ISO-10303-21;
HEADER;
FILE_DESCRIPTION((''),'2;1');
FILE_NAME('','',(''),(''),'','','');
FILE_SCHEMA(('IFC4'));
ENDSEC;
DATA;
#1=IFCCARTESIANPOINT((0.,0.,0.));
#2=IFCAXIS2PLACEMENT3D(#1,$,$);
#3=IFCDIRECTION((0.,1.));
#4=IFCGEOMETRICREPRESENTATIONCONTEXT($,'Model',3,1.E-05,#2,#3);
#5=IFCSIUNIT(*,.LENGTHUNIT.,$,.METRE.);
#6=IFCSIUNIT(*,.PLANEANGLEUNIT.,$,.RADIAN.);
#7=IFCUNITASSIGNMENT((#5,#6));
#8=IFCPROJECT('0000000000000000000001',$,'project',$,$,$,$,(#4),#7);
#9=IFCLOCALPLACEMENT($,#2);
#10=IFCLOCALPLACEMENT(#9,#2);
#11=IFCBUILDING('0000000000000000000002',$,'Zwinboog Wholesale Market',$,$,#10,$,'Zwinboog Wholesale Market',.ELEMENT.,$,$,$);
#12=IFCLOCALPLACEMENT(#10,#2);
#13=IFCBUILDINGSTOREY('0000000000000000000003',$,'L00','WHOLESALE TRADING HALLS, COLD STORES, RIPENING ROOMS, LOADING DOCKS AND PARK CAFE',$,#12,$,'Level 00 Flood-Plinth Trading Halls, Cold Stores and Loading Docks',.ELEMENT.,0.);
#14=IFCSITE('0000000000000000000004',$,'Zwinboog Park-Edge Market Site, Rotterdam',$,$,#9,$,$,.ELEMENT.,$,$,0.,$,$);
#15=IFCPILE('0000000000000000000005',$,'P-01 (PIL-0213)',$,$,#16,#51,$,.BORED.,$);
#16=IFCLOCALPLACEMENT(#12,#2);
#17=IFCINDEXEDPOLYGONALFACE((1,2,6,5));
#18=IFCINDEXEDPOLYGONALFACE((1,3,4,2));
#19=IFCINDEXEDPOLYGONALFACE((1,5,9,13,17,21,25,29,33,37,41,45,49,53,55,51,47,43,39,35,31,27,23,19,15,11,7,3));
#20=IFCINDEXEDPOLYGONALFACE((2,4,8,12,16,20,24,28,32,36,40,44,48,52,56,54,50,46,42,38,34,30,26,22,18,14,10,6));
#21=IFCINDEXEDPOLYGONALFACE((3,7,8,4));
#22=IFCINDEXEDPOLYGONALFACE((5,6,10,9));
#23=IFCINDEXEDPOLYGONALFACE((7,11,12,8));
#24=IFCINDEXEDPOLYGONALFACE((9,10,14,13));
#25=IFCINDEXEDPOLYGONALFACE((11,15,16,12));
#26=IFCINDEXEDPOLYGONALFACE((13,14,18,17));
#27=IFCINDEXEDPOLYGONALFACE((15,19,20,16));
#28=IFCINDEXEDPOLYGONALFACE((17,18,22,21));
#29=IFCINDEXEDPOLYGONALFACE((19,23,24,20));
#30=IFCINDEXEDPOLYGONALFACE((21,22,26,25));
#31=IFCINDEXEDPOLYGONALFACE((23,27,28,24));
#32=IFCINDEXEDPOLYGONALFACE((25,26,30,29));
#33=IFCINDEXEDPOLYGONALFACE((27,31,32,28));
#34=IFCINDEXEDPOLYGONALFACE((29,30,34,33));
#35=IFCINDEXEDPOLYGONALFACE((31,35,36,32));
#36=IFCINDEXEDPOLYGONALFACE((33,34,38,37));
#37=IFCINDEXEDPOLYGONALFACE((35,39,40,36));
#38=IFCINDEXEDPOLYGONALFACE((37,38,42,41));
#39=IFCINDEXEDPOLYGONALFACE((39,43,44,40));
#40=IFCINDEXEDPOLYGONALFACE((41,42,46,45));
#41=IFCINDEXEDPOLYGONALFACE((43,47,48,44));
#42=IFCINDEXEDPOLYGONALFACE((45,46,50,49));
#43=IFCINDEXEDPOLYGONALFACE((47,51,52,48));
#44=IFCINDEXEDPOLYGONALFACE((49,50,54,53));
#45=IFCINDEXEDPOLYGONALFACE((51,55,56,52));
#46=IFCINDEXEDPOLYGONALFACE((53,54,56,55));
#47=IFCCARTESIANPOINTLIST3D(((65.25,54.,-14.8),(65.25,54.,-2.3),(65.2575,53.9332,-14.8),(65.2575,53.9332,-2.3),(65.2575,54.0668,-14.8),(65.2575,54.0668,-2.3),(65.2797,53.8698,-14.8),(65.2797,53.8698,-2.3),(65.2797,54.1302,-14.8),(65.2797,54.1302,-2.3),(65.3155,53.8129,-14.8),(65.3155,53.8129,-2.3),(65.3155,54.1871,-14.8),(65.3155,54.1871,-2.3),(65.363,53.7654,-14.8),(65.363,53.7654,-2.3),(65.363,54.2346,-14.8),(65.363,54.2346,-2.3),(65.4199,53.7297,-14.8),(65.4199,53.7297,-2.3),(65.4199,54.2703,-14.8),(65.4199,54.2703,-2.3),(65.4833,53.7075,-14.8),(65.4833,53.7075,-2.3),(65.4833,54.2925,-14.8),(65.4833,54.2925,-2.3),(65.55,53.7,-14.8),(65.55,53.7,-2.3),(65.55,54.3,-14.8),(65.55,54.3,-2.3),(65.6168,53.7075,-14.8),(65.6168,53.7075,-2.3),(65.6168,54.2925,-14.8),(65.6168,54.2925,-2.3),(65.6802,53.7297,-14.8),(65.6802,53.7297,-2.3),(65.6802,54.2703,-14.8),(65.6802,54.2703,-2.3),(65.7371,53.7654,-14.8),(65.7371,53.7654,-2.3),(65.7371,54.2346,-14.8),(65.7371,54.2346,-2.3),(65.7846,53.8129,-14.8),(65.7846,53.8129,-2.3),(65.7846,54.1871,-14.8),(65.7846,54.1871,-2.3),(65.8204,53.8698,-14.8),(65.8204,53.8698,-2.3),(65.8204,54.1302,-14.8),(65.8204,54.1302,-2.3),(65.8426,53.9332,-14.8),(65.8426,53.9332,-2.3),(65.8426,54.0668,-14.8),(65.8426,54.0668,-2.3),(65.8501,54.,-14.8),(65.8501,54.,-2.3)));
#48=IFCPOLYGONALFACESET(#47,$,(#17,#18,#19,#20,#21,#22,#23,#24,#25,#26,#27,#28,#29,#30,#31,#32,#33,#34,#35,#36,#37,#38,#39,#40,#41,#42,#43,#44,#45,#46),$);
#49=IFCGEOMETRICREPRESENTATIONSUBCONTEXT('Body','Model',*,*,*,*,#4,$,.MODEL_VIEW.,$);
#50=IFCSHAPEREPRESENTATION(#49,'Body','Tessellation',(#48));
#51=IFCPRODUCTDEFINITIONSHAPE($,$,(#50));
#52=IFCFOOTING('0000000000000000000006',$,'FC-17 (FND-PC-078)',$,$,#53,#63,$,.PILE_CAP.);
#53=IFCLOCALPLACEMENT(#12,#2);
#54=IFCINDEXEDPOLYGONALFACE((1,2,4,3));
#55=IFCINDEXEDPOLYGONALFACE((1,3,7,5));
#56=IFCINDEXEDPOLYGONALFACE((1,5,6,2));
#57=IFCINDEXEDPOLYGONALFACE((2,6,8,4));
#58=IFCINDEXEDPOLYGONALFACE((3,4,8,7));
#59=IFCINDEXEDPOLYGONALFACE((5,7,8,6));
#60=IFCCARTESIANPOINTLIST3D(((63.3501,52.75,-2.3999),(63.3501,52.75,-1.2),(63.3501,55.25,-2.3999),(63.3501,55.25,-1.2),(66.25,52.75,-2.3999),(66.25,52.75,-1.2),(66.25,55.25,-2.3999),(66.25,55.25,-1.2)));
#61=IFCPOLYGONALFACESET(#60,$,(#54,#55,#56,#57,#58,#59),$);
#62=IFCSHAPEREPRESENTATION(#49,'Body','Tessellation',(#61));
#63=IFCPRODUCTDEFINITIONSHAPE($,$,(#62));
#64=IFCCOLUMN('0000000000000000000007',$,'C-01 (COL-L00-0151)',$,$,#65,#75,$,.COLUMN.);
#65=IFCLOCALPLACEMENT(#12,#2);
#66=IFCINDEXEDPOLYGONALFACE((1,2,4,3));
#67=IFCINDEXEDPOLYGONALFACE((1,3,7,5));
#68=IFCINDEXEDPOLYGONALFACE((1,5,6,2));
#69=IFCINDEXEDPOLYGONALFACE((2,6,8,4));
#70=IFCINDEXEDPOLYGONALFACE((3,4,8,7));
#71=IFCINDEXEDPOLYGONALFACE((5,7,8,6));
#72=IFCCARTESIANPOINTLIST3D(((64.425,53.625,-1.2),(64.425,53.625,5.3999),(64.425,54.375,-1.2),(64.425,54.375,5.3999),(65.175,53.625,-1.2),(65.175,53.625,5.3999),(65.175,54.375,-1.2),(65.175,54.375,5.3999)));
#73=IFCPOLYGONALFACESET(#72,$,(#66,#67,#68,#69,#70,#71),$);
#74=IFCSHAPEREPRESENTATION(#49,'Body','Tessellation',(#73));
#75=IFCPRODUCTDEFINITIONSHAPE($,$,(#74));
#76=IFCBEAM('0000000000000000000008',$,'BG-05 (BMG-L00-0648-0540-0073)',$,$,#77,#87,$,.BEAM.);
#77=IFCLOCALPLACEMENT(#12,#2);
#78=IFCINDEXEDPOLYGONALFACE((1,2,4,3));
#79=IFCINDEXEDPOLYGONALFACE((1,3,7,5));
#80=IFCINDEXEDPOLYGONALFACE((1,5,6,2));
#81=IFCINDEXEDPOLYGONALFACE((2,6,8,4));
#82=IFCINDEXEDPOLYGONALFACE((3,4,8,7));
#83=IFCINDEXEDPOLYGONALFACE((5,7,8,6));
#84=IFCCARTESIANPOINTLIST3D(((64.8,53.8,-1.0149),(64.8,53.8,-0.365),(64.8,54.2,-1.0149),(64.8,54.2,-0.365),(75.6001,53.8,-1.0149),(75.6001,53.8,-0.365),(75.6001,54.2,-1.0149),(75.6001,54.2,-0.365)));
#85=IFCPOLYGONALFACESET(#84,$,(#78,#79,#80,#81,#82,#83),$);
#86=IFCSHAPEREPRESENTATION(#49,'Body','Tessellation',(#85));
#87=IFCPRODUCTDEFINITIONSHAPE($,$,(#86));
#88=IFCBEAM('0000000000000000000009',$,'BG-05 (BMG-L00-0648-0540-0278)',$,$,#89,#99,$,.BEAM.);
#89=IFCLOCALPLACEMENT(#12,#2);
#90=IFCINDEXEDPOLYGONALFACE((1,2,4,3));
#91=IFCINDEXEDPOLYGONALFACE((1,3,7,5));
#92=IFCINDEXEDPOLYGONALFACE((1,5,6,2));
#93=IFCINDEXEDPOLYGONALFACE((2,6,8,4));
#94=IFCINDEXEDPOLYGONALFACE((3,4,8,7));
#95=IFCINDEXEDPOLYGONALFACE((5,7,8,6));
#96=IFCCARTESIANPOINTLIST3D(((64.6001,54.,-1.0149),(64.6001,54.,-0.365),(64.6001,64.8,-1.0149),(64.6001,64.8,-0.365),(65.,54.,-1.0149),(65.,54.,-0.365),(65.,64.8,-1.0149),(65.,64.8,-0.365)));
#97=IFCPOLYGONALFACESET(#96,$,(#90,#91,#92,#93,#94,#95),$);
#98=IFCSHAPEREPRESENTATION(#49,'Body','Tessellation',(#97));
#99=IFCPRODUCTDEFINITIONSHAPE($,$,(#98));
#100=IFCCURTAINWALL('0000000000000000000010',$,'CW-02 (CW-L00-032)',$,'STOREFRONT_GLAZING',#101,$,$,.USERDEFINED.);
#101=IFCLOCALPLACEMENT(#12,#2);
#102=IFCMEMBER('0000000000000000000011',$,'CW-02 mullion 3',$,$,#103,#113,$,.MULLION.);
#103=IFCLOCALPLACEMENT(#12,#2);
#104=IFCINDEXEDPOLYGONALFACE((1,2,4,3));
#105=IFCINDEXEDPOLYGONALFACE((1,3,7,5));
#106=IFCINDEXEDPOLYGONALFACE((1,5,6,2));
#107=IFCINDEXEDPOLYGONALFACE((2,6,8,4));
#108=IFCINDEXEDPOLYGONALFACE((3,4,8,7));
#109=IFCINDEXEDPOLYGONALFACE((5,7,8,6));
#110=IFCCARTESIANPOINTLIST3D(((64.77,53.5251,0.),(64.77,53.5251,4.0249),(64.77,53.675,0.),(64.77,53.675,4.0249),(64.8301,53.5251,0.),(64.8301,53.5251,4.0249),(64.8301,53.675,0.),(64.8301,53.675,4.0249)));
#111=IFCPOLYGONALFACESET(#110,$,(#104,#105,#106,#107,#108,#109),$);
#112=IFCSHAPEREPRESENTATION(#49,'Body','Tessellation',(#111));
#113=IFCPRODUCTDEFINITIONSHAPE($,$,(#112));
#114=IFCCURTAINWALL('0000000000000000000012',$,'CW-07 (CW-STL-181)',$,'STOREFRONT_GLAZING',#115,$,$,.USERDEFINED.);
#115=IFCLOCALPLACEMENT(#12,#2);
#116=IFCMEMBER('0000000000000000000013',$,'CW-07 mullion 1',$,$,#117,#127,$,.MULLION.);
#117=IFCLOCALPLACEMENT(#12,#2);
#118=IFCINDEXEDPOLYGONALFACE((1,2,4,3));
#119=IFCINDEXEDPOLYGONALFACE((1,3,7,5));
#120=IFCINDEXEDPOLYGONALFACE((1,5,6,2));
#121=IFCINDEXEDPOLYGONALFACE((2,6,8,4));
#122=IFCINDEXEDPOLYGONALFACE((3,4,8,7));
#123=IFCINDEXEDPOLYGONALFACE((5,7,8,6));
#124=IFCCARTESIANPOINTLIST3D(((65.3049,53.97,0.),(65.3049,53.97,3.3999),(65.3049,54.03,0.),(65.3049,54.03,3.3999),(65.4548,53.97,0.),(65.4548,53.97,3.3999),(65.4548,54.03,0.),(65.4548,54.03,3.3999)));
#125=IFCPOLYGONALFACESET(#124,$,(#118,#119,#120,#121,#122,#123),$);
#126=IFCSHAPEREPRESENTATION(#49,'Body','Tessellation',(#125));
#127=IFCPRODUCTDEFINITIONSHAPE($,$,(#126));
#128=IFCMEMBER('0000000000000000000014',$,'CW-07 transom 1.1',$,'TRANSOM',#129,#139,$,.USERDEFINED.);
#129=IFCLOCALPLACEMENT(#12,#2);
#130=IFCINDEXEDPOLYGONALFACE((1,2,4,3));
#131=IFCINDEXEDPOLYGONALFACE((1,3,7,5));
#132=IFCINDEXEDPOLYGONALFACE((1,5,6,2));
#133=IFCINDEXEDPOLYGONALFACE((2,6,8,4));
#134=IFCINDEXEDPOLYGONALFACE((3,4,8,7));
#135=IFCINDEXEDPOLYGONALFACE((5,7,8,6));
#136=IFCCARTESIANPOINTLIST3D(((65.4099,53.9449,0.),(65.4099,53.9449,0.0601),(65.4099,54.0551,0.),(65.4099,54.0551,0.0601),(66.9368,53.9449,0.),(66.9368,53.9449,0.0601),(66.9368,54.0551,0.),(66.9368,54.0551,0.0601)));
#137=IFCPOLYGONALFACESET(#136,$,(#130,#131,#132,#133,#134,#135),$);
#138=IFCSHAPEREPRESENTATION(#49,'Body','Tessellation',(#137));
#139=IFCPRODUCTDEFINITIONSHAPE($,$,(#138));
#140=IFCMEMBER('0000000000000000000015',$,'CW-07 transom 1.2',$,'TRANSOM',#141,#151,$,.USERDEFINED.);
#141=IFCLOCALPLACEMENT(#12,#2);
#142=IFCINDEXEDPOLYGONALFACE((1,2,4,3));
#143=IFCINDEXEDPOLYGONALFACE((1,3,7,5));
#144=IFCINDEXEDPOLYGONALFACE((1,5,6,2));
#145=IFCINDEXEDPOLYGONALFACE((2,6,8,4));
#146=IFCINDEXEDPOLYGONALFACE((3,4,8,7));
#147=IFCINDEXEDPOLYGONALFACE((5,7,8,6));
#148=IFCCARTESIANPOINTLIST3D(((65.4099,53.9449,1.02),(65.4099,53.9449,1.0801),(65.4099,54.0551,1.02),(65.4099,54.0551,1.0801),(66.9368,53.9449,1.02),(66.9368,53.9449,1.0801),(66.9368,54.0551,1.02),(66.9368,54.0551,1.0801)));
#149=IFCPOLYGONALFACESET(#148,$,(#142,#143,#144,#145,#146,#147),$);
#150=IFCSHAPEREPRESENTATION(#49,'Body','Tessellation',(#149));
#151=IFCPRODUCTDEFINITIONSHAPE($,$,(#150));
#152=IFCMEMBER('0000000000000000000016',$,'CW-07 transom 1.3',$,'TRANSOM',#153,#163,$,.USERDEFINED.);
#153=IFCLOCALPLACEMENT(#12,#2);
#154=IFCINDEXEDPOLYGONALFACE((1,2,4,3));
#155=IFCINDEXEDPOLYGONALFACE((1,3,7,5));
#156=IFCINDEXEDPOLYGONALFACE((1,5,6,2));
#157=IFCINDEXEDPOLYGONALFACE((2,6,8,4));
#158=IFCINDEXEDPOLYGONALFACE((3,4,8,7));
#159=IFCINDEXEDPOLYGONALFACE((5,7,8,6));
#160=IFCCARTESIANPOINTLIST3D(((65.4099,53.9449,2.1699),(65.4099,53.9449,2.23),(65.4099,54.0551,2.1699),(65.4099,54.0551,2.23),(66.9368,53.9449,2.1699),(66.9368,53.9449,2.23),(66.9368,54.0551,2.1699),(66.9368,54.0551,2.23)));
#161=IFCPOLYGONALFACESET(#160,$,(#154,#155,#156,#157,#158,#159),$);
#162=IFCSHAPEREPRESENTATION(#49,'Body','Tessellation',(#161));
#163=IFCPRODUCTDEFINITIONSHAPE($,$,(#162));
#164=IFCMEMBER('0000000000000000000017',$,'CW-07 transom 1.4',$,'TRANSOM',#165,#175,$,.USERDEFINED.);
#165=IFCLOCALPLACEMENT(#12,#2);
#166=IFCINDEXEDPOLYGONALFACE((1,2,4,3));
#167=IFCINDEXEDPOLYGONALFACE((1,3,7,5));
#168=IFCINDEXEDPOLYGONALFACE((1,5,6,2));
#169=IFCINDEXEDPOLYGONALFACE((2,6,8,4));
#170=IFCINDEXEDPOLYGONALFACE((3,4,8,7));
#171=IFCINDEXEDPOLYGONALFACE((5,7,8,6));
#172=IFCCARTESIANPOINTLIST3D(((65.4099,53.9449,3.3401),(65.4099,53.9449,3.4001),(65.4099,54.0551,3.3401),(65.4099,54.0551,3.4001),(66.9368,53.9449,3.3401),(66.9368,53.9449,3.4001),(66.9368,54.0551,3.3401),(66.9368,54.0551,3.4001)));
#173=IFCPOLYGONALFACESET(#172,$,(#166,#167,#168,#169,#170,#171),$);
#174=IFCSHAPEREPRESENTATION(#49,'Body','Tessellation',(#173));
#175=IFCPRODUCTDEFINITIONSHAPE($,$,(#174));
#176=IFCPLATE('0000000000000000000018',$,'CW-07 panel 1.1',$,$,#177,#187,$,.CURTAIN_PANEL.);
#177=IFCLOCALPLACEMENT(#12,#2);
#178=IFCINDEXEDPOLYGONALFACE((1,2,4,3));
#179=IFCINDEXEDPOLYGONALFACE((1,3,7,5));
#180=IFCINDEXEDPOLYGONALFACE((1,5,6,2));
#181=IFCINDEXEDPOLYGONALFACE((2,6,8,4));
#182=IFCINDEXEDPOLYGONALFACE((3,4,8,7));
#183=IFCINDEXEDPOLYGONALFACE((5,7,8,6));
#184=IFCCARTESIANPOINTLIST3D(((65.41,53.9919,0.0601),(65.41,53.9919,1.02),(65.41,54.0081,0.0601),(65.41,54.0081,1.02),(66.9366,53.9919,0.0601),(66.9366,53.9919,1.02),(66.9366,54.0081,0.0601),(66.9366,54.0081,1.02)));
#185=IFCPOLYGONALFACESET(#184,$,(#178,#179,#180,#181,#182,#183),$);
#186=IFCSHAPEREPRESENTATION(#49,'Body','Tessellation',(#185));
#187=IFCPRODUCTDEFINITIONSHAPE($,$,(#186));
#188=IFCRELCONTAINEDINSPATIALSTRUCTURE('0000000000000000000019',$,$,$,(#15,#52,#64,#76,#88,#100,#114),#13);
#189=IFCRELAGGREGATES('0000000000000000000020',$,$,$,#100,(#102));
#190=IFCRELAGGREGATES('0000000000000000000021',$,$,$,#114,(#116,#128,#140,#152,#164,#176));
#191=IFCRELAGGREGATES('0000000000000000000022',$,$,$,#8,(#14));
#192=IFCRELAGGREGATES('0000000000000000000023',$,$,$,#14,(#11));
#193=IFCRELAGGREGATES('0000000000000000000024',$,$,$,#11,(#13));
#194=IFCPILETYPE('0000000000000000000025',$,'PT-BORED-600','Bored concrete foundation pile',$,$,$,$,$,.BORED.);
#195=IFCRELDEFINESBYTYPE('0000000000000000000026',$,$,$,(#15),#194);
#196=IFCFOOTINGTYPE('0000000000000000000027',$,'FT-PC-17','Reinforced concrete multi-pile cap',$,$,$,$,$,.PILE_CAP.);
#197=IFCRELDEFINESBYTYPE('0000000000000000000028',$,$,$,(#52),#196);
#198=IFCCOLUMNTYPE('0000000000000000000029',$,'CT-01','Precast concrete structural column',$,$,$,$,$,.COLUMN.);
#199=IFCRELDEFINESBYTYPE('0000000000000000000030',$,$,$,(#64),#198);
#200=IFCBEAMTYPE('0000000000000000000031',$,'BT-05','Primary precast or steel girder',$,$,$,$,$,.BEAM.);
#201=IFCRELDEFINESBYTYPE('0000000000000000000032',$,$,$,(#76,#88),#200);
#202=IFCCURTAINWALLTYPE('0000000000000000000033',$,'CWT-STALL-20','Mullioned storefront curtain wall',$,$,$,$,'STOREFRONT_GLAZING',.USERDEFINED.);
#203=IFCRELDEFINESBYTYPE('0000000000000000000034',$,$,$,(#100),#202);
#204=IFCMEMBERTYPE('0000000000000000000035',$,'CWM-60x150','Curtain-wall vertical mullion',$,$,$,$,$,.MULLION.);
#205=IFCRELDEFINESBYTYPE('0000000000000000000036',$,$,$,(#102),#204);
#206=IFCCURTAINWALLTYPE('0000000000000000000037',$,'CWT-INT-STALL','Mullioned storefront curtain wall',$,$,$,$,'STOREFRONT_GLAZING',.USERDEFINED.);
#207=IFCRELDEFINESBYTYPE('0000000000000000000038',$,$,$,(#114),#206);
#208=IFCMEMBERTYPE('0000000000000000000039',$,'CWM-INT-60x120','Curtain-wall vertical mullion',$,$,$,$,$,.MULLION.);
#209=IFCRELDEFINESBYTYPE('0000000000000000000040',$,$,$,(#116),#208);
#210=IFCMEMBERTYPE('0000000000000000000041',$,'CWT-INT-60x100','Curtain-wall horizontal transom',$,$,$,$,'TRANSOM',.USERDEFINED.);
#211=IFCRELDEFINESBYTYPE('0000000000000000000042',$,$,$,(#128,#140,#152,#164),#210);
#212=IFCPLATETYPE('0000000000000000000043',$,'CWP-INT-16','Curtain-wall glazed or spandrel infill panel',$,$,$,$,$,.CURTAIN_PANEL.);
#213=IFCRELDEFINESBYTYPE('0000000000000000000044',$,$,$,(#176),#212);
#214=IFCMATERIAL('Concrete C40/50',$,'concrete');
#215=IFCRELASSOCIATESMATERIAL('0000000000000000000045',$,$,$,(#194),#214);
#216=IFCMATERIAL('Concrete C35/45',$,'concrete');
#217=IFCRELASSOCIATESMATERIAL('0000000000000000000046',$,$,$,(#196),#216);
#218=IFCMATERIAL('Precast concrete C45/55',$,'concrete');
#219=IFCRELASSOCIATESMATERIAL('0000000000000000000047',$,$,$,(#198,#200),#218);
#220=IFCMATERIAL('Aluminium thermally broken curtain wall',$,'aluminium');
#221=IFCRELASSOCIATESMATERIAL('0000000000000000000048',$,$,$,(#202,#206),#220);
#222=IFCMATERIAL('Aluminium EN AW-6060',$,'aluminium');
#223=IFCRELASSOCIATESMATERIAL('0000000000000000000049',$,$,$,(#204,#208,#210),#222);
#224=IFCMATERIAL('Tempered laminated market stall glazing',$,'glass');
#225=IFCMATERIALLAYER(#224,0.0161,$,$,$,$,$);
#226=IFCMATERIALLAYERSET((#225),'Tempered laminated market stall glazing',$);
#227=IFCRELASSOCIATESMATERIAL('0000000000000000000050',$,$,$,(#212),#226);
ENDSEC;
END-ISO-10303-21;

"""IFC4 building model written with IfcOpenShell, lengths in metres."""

from ifc_helpers import new_model, si_unit, direction, frame, origin, origin_2d, place, context, subcontext, project, spatial, rectangle, circle, extrude, material, layer, layer_set, material_profile, profile_set, type_object, element, aggregate, save


model = new_model("IFC4")

# Units and contexts
model_context = context("Model", 3, precision=1e-05, world=origin(), true_north=direction((0.0, 1.0)))
body_context = subcontext(model_context, "Body", "Model", "MODEL_VIEW")
ifc_project = project(units=[si_unit("LENGTHUNIT", "METRE"), si_unit("PLANEANGLEUNIT", "RADIAN")], contexts=[model_context])

# Site, building, storey
site_placement = place(None, origin())
site = spatial("IfcSite", under=ifc_project, at=site_placement, Name="Zwinboog Park-Edge Market Site, Rotterdam", CompositionType="ELEMENT", RefElevation=0.0)
building_placement = place(site_placement, origin())
building = spatial("IfcBuilding", under=site, at=building_placement, Name="Zwinboog Wholesale Market", LongName="Zwinboog Wholesale Market", CompositionType="ELEMENT")
storey_placement = place(building_placement, origin())
storey = spatial("IfcBuildingStorey", under=building, at=storey_placement, Name="L00", Description="WHOLESALE TRADING HALLS, COLD STORES, RIPENING ROOMS, LOADING DOCKS AND PARK CAFE", LongName="Level 00 Flood-Plinth Trading Halls, Cold Stores and Loading Docks", CompositionType="ELEMENT", Elevation=0.0)

# Pile
ifc_material_1 = material(Name="Concrete C40/50", Category="concrete")
ifc_material_profile_1 = material_profile(ifc_material_1, circle(Radius=0.3, at=origin_2d()), Name="PILE D600")
ifc_profile_set_1 = profile_set([ifc_material_profile_1], Name="Concrete C40/50")
pile_type = type_object("IfcPileType", Name="PT-BORED-600", Description="Bored concrete foundation pile", PredefinedType="BORED", material=ifc_profile_set_1)
pile_placement = place(storey_placement, frame((65.55, 54.0, -2.3), z_axis=(0.0, 0.0, -1.0), x_axis=(1.0, 0.0, 0.0)))
element("IfcPile", 1, at=pile_placement, inside=storey, type_object=pile_type, Name="P-01 (PIL-0213)", PredefinedType="BORED", context=body_context, shape_type="SweptSolid", body=[
    extrude(circle(Radius=0.3, at=origin_2d()), origin(), (0.0, 0.0, 1.0), 12.5),
])

# Footing
ifc_material_2 = material(Name="Concrete C35/45", Category="concrete")
footing_type = type_object("IfcFootingType", Name="FT-PC-17", Description="Reinforced concrete multi-pile cap", PredefinedType="PILE_CAP", material=ifc_material_2)
footing_placement = place(storey_placement, frame((64.8, 54.0, -2.3999), z_axis=(0.0, 0.0, 1.0), x_axis=(1.0, 0.0, 0.0)))
element("IfcFooting", 2, at=footing_placement, inside=storey, type_object=footing_type, Name="FC-17 (FND-PC-078)", PredefinedType="PILE_CAP", context=body_context, shape_type="SweptSolid", body=[
    extrude(rectangle(XDim=2.8999, YDim=2.5, at=origin_2d()), origin(), (0.0, 0.0, 1.0), 1.2),
])

# Column
ifc_material_3 = material(Name="Precast concrete C45/55", Category="concrete")
ifc_material_profile_2 = material_profile(ifc_material_3, rectangle(XDim=0.75, YDim=0.75, at=origin_2d()), Name="PC 750x750")
ifc_profile_set_2 = profile_set([ifc_material_profile_2], Name="Precast concrete C45/55")
column_type = type_object("IfcColumnType", Name="CT-01", Description="Precast concrete structural column", PredefinedType="COLUMN", material=ifc_profile_set_2)
column_placement = place(storey_placement, frame((64.8, 54.0, -1.2), z_axis=(0.0, 0.0, 1.0), x_axis=(1.0, 0.0, 0.0)))
element("IfcColumn", 3, at=column_placement, inside=storey, type_object=column_type, Name="C-01 (COL-L00-0151)", PredefinedType="COLUMN", context=body_context, shape_type="SweptSolid", body=[
    extrude(rectangle(XDim=0.75, YDim=0.75, at=origin_2d()), origin(), (0.0, 0.0, 1.0), 6.5999),
])

# Beams
ifc_material_profile_3 = material_profile(ifc_material_3, rectangle(XDim=0.3999, YDim=0.6499, at=origin_2d()), Name="PC 400x650")
ifc_profile_set_3 = profile_set([ifc_material_profile_3], Name="Precast concrete C45/55")
beam_type = type_object("IfcBeamType", Name="BT-05", Description="Primary precast or steel girder", PredefinedType="BEAM", material=ifc_profile_set_3)
for number, where, z_axis, x_axis, name in (
    (4, (64.8, 54.0, -0.6899), (1.0, 0.0, 0.0), (0.0, 1.0, 0.0), "BG-05 (BMG-L00-0648-0540-0073)"),
    (5, (64.8, 54.0, -0.6899), (0.0, 1.0, 0.0), (-1.0, 0.0, 0.0), "BG-05 (BMG-L00-0648-0540-0278)"),
):
    element("IfcBeam", number, at=place(storey_placement, frame(where, z_axis=z_axis, x_axis=x_axis)), inside=storey, type_object=beam_type, Name=name, PredefinedType="BEAM", context=body_context, shape_type="SweptSolid", body=[
        extrude(rectangle(XDim=0.3999, YDim=0.6499, at=origin_2d()), origin(), (0.0, 0.0, 1.0), 10.8),
    ])

# Curtain wall, member
ifc_material_4 = material(Name="Aluminium thermally broken curtain wall", Category="aluminium")
curtain_wall_type_1 = type_object("IfcCurtainWallType", Name="CWT-STALL-20", Description="Mullioned storefront curtain wall", ElementType="STOREFRONT_GLAZING", PredefinedType="USERDEFINED", material=ifc_material_4)
curtain_wall_1_placement = place(storey_placement, origin())
curtain_wall_1 = element("IfcCurtainWall", 6, at=curtain_wall_1_placement, inside=storey, type_object=curtain_wall_type_1, Name="CW-02 (CW-L00-032)", ObjectType="STOREFRONT_GLAZING", PredefinedType="USERDEFINED")
ifc_material_5 = material(Name="Aluminium EN AW-6060", Category="aluminium")
ifc_material_profile_4 = material_profile(ifc_material_5, rectangle(XDim=0.0601, YDim=0.1499, at=origin_2d()), Name="AL 60x150")
ifc_profile_set_4 = profile_set([ifc_material_profile_4], Name="Aluminium EN AW-6060")
member_type_1 = type_object("IfcMemberType", Name="CWM-60x150", Description="Curtain-wall vertical mullion", PredefinedType="MULLION", material=ifc_profile_set_4)
member_1_placement = place(storey_placement, frame((64.8, 53.6001, 0.0), z_axis=(0.0, 0.0, 1.0), x_axis=(-1.0, 0.0, 0.0)))
member_1 = element("IfcMember", 7, at=member_1_placement, type_object=member_type_1, Name="CW-02 mullion 3", PredefinedType="MULLION", context=body_context, shape_type="SweptSolid", body=[
    extrude(rectangle(XDim=0.0601, YDim=0.1499, at=origin_2d()), origin(), (0.0, 0.0, 1.0), 4.0249),
])
aggregate(curtain_wall_1, [member_1])

# Curtain wall, members, plate
curtain_wall_type_2 = type_object("IfcCurtainWallType", Name="CWT-INT-STALL", Description="Mullioned storefront curtain wall", ElementType="STOREFRONT_GLAZING", PredefinedType="USERDEFINED", material=ifc_material_4)
curtain_wall_2_placement = place(storey_placement, origin())
curtain_wall_2 = element("IfcCurtainWall", 8, at=curtain_wall_2_placement, inside=storey, type_object=curtain_wall_type_2, Name="CW-07 (CW-STL-181)", ObjectType="STOREFRONT_GLAZING", PredefinedType="USERDEFINED")
ifc_material_profile_5 = material_profile(ifc_material_5, rectangle(XDim=0.0601, YDim=0.1499, at=origin_2d()), Name="AL 60x150")
ifc_profile_set_5 = profile_set([ifc_material_profile_5], Name="Aluminium EN AW-6060")
member_type_2 = type_object("IfcMemberType", Name="CWM-INT-60x120", Description="Curtain-wall vertical mullion", PredefinedType="MULLION", material=ifc_profile_set_5)
member_2_placement = place(storey_placement, frame((65.3799, 54.0, 0.0), z_axis=(0.0, 0.0, 1.0), x_axis=(0.0, 1.0, 0.0)))
member_2 = element("IfcMember", 9, at=member_2_placement, type_object=member_type_2, Name="CW-07 mullion 1", PredefinedType="MULLION", context=body_context, shape_type="SweptSolid", body=[
    extrude(rectangle(XDim=0.0601, YDim=0.1499, at=origin_2d()), origin(), (0.0, 0.0, 1.0), 3.3999),
])
ifc_material_profile_6 = material_profile(ifc_material_5, rectangle(XDim=0.1101, YDim=0.0601, at=origin_2d()), Name="AL 60x110")
ifc_profile_set_6 = profile_set([ifc_material_profile_6], Name="Aluminium EN AW-6060")
member_type_3 = type_object("IfcMemberType", Name="CWT-INT-60x100", Description="Curtain-wall horizontal transom", ElementType="TRANSOM", PredefinedType="USERDEFINED", material=ifc_profile_set_6)
member_3_placement = place(storey_placement, frame((65.4099, 54.0, 0.03), z_axis=(1.0, 0.0, 0.0), x_axis=(0.0, 1.0, 0.0)))
member_3 = element("IfcMember", 10, at=member_3_placement, type_object=member_type_3, Name="CW-07 transom 1.1", ObjectType="TRANSOM", PredefinedType="USERDEFINED", context=body_context, shape_type="SweptSolid", body=[
    extrude(rectangle(XDim=0.1101, YDim=0.0601, at=origin_2d()), origin(), (0.0, 0.0, 1.0), 1.5269),
])
member_4_placement = place(storey_placement, frame((65.4099, 54.0, 1.05), z_axis=(1.0, 0.0, 0.0), x_axis=(0.0, 1.0, 0.0)))
member_4 = element("IfcMember", 11, at=member_4_placement, type_object=member_type_3, Name="CW-07 transom 1.2", ObjectType="TRANSOM", PredefinedType="USERDEFINED", context=body_context, shape_type="SweptSolid", body=[
    extrude(rectangle(XDim=0.1101, YDim=0.0601, at=origin_2d()), origin(), (0.0, 0.0, 1.0), 1.5269),
])
member_5_placement = place(storey_placement, frame((65.4099, 54.0, 2.2), z_axis=(1.0, 0.0, 0.0), x_axis=(0.0, 1.0, 0.0)))
member_5 = element("IfcMember", 12, at=member_5_placement, type_object=member_type_3, Name="CW-07 transom 1.3", ObjectType="TRANSOM", PredefinedType="USERDEFINED", context=body_context, shape_type="SweptSolid", body=[
    extrude(rectangle(XDim=0.1101, YDim=0.0601, at=origin_2d()), origin(), (0.0, 0.0, 1.0), 1.5269),
])
member_6_placement = place(storey_placement, frame((65.4099, 54.0, 3.3701), z_axis=(1.0, 0.0, 0.0), x_axis=(0.0, 1.0, 0.0)))
member_6 = element("IfcMember", 13, at=member_6_placement, type_object=member_type_3, Name="CW-07 transom 1.4", ObjectType="TRANSOM", PredefinedType="USERDEFINED", context=body_context, shape_type="SweptSolid", body=[
    extrude(rectangle(XDim=0.1101, YDim=0.0601, at=origin_2d()), origin(), (0.0, 0.0, 1.0), 1.5269),
])
ifc_material_6 = material(Name="Tempered laminated market stall glazing", Category="glass")
ifc_layer_1 = layer(ifc_material_6, 0.0161)
ifc_layer_set_1 = layer_set([ifc_layer_1], Name="Tempered laminated market stall glazing")
plate_type = type_object("IfcPlateType", Name="CWP-INT-16", Description="Curtain-wall glazed or spandrel infill panel", PredefinedType="CURTAIN_PANEL", material=ifc_layer_set_1)
plate_1_placement = place(storey_placement, frame((66.1733, 54.0, 0.0601), z_axis=(0.0, 0.0, 1.0), x_axis=(1.0, 0.0, 0.0)))
plate_1 = element("IfcPlate", 14, at=plate_1_placement, type_object=plate_type, Name="CW-07 panel 1.1", PredefinedType="CURTAIN_PANEL", context=body_context, shape_type="SweptSolid", body=[
    extrude(rectangle(XDim=1.5266, YDim=0.0161, at=origin_2d()), origin(), (0.0, 0.0, 1.0), 0.96),
])
aggregate(curtain_wall_2, [member_2, member_3, member_4, member_5, member_6, plate_1])

save(model, "model.ifc")
